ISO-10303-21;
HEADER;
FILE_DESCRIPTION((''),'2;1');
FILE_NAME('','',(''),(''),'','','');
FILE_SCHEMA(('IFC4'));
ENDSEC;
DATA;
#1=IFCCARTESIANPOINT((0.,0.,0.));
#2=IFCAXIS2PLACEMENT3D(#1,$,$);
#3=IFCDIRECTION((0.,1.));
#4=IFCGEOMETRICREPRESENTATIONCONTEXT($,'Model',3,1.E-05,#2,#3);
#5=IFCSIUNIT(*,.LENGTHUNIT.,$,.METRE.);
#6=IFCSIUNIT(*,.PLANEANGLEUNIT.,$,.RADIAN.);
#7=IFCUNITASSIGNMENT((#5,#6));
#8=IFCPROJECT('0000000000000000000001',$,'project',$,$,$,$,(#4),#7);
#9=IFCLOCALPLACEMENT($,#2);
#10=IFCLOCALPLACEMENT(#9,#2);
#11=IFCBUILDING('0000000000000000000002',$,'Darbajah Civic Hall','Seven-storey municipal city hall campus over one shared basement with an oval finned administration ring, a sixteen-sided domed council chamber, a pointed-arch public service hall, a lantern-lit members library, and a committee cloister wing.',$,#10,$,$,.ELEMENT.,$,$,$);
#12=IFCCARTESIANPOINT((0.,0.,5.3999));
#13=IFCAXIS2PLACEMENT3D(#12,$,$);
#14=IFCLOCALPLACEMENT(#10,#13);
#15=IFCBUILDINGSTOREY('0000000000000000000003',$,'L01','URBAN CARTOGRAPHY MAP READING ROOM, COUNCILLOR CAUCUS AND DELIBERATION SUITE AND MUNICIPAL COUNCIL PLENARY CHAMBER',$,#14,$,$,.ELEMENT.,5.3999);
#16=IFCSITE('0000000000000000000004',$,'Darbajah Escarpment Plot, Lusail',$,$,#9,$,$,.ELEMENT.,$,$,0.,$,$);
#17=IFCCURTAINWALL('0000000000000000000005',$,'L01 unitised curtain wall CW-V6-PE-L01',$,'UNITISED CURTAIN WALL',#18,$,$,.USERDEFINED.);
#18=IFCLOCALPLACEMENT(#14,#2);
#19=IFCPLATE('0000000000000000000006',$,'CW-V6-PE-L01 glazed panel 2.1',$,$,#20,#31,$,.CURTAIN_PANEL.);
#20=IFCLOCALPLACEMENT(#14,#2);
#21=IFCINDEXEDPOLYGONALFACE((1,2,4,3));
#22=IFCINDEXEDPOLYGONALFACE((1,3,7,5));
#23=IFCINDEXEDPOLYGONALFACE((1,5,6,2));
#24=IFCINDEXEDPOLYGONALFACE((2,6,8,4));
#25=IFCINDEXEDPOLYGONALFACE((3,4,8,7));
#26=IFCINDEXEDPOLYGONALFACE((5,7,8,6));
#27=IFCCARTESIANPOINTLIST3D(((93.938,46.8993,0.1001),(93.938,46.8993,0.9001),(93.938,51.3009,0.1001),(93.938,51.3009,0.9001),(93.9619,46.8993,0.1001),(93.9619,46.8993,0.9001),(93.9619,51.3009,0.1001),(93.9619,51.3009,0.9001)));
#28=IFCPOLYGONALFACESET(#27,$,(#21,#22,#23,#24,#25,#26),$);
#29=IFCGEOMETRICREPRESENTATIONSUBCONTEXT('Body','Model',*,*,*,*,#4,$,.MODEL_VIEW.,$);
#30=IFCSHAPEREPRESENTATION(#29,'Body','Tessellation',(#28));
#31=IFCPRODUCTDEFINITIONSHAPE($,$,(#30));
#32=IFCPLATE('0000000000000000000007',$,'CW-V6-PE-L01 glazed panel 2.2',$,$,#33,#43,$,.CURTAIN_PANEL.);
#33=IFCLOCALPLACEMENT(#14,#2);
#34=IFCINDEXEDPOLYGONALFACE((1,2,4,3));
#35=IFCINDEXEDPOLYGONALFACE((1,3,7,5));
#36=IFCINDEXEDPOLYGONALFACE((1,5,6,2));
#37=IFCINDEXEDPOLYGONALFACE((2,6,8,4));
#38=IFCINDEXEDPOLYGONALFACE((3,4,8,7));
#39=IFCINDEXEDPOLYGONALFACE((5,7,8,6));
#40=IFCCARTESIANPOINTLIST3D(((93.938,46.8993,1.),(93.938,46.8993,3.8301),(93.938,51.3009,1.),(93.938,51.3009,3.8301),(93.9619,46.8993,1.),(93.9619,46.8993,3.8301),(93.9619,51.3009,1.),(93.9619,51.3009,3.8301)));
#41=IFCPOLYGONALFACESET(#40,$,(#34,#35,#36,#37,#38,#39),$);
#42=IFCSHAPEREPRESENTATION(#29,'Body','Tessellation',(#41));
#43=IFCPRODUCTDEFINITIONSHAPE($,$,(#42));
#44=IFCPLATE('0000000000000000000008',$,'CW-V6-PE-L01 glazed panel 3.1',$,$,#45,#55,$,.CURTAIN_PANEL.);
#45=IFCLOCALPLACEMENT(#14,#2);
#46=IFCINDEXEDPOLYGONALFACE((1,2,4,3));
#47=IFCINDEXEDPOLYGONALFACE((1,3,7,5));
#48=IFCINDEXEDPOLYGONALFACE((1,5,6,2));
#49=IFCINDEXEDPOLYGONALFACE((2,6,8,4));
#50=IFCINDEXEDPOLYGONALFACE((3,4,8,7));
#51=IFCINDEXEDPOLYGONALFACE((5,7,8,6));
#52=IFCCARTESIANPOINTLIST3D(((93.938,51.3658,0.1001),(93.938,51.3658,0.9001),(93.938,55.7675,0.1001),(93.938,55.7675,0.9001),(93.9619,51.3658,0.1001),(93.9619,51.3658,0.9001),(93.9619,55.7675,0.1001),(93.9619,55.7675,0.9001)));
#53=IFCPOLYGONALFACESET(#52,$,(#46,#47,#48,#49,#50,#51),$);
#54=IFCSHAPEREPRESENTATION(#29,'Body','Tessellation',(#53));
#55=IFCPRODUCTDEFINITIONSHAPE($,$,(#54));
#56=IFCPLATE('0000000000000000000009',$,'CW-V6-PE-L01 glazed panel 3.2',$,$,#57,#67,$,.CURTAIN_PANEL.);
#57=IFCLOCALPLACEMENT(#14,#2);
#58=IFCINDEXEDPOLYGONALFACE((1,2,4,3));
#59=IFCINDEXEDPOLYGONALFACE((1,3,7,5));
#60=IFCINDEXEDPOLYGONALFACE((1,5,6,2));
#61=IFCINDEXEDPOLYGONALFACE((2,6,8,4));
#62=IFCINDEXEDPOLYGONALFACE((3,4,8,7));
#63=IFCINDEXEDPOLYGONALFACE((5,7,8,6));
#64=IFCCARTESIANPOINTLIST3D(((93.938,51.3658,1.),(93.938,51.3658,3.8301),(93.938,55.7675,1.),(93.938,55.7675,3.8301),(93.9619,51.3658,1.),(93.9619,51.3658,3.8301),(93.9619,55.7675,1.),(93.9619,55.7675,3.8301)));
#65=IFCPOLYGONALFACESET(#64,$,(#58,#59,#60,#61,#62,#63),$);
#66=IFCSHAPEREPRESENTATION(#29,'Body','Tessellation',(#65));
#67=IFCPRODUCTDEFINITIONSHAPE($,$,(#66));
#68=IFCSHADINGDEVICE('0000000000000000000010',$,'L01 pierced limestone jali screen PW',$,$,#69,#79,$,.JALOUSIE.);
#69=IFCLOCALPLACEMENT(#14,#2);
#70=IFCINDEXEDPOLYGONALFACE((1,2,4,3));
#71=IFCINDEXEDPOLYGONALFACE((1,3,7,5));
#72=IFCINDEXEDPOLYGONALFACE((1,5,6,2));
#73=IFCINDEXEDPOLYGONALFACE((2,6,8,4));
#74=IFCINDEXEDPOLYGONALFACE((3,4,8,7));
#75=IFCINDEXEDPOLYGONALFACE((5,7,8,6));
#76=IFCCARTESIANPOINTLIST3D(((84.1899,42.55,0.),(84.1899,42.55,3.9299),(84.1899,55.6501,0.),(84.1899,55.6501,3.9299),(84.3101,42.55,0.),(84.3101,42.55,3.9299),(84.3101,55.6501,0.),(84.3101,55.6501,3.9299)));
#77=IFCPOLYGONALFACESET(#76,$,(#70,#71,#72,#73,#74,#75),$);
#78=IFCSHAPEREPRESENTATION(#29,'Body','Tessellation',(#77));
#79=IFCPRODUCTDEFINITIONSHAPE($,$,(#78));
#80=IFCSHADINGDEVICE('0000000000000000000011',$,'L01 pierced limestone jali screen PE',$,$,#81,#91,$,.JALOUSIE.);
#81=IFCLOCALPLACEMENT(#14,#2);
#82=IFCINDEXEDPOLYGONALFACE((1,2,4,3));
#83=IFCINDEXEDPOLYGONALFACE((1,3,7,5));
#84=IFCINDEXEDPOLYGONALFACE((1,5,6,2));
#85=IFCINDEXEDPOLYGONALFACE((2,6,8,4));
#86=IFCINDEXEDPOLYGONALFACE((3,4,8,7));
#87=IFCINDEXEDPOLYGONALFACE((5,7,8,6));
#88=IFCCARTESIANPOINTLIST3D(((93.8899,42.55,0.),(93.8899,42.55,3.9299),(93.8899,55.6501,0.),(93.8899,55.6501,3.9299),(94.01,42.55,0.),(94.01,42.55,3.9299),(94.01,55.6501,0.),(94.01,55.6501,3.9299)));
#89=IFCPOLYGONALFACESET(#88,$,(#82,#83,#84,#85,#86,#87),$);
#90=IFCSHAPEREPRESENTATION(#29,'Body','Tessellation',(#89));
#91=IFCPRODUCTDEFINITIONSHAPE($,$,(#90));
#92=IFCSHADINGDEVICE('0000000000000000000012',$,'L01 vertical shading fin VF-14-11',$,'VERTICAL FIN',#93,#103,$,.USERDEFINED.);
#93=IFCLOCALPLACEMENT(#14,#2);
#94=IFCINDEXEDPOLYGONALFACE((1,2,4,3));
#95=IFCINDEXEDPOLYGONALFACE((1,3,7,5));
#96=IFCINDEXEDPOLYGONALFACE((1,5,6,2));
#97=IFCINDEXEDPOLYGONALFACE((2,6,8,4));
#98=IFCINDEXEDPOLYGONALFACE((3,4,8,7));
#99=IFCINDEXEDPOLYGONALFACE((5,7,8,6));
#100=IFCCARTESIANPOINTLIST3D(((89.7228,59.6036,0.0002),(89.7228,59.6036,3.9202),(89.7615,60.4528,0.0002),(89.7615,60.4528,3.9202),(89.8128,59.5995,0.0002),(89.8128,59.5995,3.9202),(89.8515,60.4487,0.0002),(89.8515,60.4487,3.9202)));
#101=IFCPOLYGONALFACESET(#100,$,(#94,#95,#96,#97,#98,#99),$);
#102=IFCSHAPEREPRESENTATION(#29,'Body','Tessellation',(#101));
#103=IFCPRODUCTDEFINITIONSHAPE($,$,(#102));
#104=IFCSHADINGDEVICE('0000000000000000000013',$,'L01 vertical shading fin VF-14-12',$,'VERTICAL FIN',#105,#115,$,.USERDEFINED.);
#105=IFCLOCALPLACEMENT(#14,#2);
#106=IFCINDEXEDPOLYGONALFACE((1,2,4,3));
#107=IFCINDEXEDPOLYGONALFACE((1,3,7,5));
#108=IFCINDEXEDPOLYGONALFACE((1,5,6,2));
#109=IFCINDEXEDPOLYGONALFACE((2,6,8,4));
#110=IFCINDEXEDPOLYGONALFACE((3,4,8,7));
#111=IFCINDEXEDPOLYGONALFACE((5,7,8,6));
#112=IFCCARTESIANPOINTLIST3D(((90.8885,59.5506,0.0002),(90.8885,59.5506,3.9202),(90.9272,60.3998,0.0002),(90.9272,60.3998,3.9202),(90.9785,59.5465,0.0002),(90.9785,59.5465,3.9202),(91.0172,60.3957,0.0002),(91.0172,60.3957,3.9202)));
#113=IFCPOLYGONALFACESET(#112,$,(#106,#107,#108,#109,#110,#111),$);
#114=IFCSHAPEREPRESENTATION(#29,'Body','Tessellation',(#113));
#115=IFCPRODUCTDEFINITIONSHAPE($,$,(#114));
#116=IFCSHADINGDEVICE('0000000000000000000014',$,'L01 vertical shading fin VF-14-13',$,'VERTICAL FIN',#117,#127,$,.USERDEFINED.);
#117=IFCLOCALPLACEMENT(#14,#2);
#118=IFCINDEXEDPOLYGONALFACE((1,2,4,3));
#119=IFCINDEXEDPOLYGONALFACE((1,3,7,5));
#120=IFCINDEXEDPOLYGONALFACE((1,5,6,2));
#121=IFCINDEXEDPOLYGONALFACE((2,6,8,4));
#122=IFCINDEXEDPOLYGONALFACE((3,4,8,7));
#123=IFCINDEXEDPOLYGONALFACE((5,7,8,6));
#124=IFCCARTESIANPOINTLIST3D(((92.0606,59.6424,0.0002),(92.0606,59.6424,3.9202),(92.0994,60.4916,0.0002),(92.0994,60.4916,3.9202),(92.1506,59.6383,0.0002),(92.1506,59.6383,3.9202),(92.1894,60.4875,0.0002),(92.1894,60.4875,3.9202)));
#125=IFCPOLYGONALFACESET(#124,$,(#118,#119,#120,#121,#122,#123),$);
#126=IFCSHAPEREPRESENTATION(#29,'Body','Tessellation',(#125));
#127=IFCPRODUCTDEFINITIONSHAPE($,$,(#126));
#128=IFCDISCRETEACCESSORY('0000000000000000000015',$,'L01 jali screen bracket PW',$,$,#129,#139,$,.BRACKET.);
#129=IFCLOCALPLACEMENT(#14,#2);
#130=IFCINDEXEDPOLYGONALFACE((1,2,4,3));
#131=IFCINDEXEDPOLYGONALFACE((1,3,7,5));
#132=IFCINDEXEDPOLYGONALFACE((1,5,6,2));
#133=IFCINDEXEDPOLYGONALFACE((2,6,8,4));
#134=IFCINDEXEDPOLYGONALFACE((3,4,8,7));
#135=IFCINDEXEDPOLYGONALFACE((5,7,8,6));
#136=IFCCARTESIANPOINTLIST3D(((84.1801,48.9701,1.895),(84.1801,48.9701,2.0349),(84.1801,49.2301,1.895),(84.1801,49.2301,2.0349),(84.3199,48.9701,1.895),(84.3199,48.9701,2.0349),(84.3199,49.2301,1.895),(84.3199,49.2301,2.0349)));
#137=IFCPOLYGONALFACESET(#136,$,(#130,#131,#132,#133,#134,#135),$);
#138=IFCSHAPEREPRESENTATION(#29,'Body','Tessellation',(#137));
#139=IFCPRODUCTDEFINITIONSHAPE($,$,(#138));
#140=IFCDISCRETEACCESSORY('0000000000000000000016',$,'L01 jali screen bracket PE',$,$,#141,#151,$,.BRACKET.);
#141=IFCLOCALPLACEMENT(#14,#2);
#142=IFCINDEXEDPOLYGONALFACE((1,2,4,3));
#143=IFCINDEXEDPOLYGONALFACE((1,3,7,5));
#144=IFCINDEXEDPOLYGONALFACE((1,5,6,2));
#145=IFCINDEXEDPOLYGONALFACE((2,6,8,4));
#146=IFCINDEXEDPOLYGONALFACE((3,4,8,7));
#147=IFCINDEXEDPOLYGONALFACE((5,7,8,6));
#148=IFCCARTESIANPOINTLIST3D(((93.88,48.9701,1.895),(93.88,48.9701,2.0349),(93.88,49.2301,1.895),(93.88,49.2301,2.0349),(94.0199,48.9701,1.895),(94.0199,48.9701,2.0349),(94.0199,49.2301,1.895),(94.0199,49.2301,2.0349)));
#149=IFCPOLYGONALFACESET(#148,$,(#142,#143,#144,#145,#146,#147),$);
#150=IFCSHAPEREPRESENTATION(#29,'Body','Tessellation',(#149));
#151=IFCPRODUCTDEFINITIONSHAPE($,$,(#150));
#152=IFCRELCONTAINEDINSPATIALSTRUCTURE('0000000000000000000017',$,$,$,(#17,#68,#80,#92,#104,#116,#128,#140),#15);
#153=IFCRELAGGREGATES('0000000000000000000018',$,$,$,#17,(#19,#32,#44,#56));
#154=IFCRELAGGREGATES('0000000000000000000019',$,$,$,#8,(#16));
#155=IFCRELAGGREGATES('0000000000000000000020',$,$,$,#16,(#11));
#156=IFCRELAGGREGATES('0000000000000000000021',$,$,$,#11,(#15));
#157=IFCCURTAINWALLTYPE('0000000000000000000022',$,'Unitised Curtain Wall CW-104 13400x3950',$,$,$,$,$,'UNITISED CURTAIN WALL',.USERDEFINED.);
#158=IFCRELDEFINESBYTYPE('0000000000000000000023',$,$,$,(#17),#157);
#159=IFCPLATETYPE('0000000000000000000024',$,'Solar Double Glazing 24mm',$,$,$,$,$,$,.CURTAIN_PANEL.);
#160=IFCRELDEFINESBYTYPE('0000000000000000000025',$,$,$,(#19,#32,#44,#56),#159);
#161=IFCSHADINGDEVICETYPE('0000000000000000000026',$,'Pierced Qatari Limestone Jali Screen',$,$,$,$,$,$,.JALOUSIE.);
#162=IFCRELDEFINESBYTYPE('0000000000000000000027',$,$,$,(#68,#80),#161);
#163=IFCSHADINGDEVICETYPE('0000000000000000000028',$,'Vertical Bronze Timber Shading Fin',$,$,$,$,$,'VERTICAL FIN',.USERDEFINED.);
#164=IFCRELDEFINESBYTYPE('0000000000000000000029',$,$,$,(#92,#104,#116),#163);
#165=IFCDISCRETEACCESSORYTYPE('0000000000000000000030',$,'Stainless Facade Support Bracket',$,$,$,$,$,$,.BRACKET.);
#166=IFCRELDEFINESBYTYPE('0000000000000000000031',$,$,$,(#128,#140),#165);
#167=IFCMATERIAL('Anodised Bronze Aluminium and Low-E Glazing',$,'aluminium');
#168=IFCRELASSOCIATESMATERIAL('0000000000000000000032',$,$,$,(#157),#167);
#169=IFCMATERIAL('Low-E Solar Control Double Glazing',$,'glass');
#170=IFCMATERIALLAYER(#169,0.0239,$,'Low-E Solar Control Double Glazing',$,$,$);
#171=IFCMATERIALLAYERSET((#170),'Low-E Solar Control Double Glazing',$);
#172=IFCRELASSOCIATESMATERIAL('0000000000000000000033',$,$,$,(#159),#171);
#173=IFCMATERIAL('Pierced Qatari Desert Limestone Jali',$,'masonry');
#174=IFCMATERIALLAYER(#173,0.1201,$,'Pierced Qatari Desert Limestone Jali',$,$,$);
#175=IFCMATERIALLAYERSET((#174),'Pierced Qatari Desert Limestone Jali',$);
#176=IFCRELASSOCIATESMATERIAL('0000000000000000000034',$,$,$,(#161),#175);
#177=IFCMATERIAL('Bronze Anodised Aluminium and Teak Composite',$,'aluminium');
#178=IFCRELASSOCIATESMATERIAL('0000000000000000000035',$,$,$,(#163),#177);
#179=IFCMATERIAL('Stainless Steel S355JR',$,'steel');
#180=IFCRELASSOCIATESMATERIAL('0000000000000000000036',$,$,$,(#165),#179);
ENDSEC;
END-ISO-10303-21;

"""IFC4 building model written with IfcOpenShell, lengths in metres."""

from ifc_helpers import new_model, si_unit, direction, frame, origin, origin_2d, place, context, subcontext, project, spatial, rectangle, extrude, material, layer, layer_set, type_object, element, aggregate, save


model = new_model("IFC4")

# Units and contexts
model_context = context("Model", 3, precision=1e-05, world=origin(), true_north=direction((0.0, 1.0)))
body_context = subcontext(model_context, "Body", "Model", "MODEL_VIEW")
ifc_project = project(units=[si_unit("LENGTHUNIT", "METRE"), si_unit("PLANEANGLEUNIT", "RADIAN")], contexts=[model_context])

# Site, building, storey
site_placement = place(None, origin())
site = spatial("IfcSite", under=ifc_project, at=site_placement, Name="Darbajah Escarpment Plot, Lusail", CompositionType="ELEMENT", RefElevation=0.0)
building_placement = place(site_placement, origin())
building = spatial("IfcBuilding", under=site, at=building_placement, Name="Darbajah Civic Hall", Description="Seven-storey municipal city hall campus over one shared basement with an oval finned administration ring, a sixteen-sided domed council chamber, a pointed-arch public service hall, a lantern-lit members library, and a committee cloister wing.", CompositionType="ELEMENT")
storey_placement = place(building_placement, frame((0.0, 0.0, 5.3999)))
storey = spatial("IfcBuildingStorey", under=building, at=storey_placement, Name="L01", Description="URBAN CARTOGRAPHY MAP READING ROOM, COUNCILLOR CAUCUS AND DELIBERATION SUITE AND MUNICIPAL COUNCIL PLENARY CHAMBER", CompositionType="ELEMENT", Elevation=5.3999)

# Curtain wall
ifc_material_1 = material(Name="Anodised Bronze Aluminium and Low-E Glazing", Category="aluminium")
curtain_wall_type = type_object("IfcCurtainWallType", Name="Unitised Curtain Wall CW-104 13400x3950", ElementType="UNITISED CURTAIN WALL", PredefinedType="USERDEFINED", material=ifc_material_1)
curtain_wall_1_placement = place(storey_placement, origin())
curtain_wall_1 = element("IfcCurtainWall", 1, at=curtain_wall_1_placement, inside=storey, type_object=curtain_wall_type, Name="L01 unitised curtain wall CW-V6-PE-L01", ObjectType="UNITISED CURTAIN WALL", PredefinedType="USERDEFINED")

# Plates
ifc_material_2 = material(Name="Low-E Solar Control Double Glazing", Category="glass")
ifc_layer_1 = layer(ifc_material_2, 0.0239, Name="Low-E Solar Control Double Glazing")
ifc_layer_set_1 = layer_set([ifc_layer_1], Name="Low-E Solar Control Double Glazing")
plate_type = type_object("IfcPlateType", Name="Solar Double Glazing 24mm", PredefinedType="CURTAIN_PANEL", material=ifc_layer_set_1)
plate_1_placement = place(storey_placement, frame((93.95, 49.1001, 0.1001), z_axis=(0.0, 0.0, 1.0), x_axis=(0.0, 1.0, 0.0)))
plate_1 = element("IfcPlate", 2, at=plate_1_placement, type_object=plate_type, Name="CW-V6-PE-L01 glazed panel 2.1", PredefinedType="CURTAIN_PANEL", context=body_context, shape_type="SweptSolid", body=[
    extrude(rectangle(XDim=4.4016, YDim=0.0239, at=origin_2d()), origin(), (0.0, 0.0, 1.0), 0.8),
])
plate_2_placement = place(storey_placement, frame((93.95, 49.1001, 1.0), z_axis=(0.0, 0.0, 1.0), x_axis=(0.0, 1.0, 0.0)))
plate_2 = element("IfcPlate", 3, at=plate_2_placement, type_object=plate_type, Name="CW-V6-PE-L01 glazed panel 2.2", PredefinedType="CURTAIN_PANEL", context=body_context, shape_type="SweptSolid", body=[
    extrude(rectangle(XDim=4.4016, YDim=0.0239, at=origin_2d()), origin(), (0.0, 0.0, 1.0), 2.8301),
])
plate_3_placement = place(storey_placement, frame((93.95, 53.5667, 0.1001), z_axis=(0.0, 0.0, 1.0), x_axis=(0.0, 1.0, 0.0)))
plate_3 = element("IfcPlate", 4, at=plate_3_placement, type_object=plate_type, Name="CW-V6-PE-L01 glazed panel 3.1", PredefinedType="CURTAIN_PANEL", context=body_context, shape_type="SweptSolid", body=[
    extrude(rectangle(XDim=4.4016, YDim=0.0239, at=origin_2d()), origin(), (0.0, 0.0, 1.0), 0.8),
])
plate_4_placement = place(storey_placement, frame((93.95, 53.5667, 1.0), z_axis=(0.0, 0.0, 1.0), x_axis=(0.0, 1.0, 0.0)))
plate_4 = element("IfcPlate", 5, at=plate_4_placement, type_object=plate_type, Name="CW-V6-PE-L01 glazed panel 3.2", PredefinedType="CURTAIN_PANEL", context=body_context, shape_type="SweptSolid", body=[
    extrude(rectangle(XDim=4.4016, YDim=0.0239, at=origin_2d()), origin(), (0.0, 0.0, 1.0), 2.8301),
])
aggregate(curtain_wall_1, [plate_1, plate_2, plate_3, plate_4])

# Shading devices
ifc_material_3 = material(Name="Pierced Qatari Desert Limestone Jali", Category="masonry")
ifc_layer_2 = layer(ifc_material_3, 0.1201, Name="Pierced Qatari Desert Limestone Jali")
ifc_layer_set_2 = layer_set([ifc_layer_2], Name="Pierced Qatari Desert Limestone Jali")
shading_device_type_1 = type_object("IfcShadingDeviceType", Name="Pierced Qatari Limestone Jali Screen", PredefinedType="JALOUSIE", material=ifc_layer_set_2)
for number, where, z_axis, x_axis, name in (
    (6, (84.25, 49.1001, 0.0), (0.0, 0.0, 1.0), (0.0, 1.0, 0.0), "L01 pierced limestone jali screen PW"),
    (7, (93.95, 49.1001, 0.0), (0.0, 0.0, 1.0), (0.0, 1.0, 0.0), "L01 pierced limestone jali screen PE"),
):
    element("IfcShadingDevice", number, at=place(storey_placement, frame(where, z_axis=z_axis, x_axis=x_axis)), inside=storey, type_object=shading_device_type_1, Name=name, PredefinedType="JALOUSIE", context=body_context, shape_type="SweptSolid", body=[
        extrude(rectangle(XDim=13.1001, YDim=0.1201, at=origin_2d()), origin(), (0.0, 0.0, 1.0), 3.9299),
    ])
ifc_material_4 = material(Name="Bronze Anodised Aluminium and Teak Composite", Category="aluminium")
shading_device_type_2 = type_object("IfcShadingDeviceType", Name="Vertical Bronze Timber Shading Fin", ElementType="VERTICAL FIN", PredefinedType="USERDEFINED", material=ifc_material_4)
for number, where, z_axis, x_axis, name in (
    (8, (89.7871, 60.0261, 0.0002), (0.0, 0.0, 1.0), (-0.045537, -0.998963, 0.0), "L01 vertical shading fin VF-14-11"),
    (9, (90.9529, 59.9731, 0.0002), (0.0, 0.0, 1.0), (-0.045537, -0.998963, 0.0), "L01 vertical shading fin VF-14-12"),
    (10, (92.125, 60.0649, 0.0002), (0.0, 0.0, 1.0), (-0.045537, -0.998963, 0.0), "L01 vertical shading fin VF-14-13"),
):
    element("IfcShadingDevice", number, at=place(storey_placement, frame(where, z_axis=z_axis, x_axis=x_axis)), inside=storey, type_object=shading_device_type_2, Name=name, ObjectType="VERTICAL FIN", PredefinedType="USERDEFINED", context=body_context, shape_type="SweptSolid", body=[
        extrude(rectangle(XDim=0.8501, YDim=0.0901, at=origin_2d()), origin(), (0.0, 0.0, 1.0), 3.9199),
    ])

# Discrete accessories
ifc_material_5 = material(Name="Stainless Steel S355JR", Category="steel")
discrete_accessory_type = type_object("IfcDiscreteAccessoryType", Name="Stainless Facade Support Bracket", PredefinedType="BRACKET", material=ifc_material_5)
for number, where, z_axis, x_axis, name in (
    (11, (84.25, 49.1001, 1.895), (0.0, 0.0, 1.0), (0.0, 1.0, 0.0), "L01 jali screen bracket PW"),
    (12, (93.95, 49.1001, 1.895), (0.0, 0.0, 1.0), (0.0, 1.0, 0.0), "L01 jali screen bracket PE"),
):
    element("IfcDiscreteAccessory", number, at=place(storey_placement, frame(where, z_axis=z_axis, x_axis=x_axis)), inside=storey, type_object=discrete_accessory_type, Name=name, PredefinedType="BRACKET", context=body_context, shape_type="SweptSolid", body=[
        extrude(rectangle(XDim=0.26, YDim=0.1399, at=origin_2d()), origin(), (0.0, 0.0, 1.0), 0.1399),
    ])

save(model, "model.ifc")
